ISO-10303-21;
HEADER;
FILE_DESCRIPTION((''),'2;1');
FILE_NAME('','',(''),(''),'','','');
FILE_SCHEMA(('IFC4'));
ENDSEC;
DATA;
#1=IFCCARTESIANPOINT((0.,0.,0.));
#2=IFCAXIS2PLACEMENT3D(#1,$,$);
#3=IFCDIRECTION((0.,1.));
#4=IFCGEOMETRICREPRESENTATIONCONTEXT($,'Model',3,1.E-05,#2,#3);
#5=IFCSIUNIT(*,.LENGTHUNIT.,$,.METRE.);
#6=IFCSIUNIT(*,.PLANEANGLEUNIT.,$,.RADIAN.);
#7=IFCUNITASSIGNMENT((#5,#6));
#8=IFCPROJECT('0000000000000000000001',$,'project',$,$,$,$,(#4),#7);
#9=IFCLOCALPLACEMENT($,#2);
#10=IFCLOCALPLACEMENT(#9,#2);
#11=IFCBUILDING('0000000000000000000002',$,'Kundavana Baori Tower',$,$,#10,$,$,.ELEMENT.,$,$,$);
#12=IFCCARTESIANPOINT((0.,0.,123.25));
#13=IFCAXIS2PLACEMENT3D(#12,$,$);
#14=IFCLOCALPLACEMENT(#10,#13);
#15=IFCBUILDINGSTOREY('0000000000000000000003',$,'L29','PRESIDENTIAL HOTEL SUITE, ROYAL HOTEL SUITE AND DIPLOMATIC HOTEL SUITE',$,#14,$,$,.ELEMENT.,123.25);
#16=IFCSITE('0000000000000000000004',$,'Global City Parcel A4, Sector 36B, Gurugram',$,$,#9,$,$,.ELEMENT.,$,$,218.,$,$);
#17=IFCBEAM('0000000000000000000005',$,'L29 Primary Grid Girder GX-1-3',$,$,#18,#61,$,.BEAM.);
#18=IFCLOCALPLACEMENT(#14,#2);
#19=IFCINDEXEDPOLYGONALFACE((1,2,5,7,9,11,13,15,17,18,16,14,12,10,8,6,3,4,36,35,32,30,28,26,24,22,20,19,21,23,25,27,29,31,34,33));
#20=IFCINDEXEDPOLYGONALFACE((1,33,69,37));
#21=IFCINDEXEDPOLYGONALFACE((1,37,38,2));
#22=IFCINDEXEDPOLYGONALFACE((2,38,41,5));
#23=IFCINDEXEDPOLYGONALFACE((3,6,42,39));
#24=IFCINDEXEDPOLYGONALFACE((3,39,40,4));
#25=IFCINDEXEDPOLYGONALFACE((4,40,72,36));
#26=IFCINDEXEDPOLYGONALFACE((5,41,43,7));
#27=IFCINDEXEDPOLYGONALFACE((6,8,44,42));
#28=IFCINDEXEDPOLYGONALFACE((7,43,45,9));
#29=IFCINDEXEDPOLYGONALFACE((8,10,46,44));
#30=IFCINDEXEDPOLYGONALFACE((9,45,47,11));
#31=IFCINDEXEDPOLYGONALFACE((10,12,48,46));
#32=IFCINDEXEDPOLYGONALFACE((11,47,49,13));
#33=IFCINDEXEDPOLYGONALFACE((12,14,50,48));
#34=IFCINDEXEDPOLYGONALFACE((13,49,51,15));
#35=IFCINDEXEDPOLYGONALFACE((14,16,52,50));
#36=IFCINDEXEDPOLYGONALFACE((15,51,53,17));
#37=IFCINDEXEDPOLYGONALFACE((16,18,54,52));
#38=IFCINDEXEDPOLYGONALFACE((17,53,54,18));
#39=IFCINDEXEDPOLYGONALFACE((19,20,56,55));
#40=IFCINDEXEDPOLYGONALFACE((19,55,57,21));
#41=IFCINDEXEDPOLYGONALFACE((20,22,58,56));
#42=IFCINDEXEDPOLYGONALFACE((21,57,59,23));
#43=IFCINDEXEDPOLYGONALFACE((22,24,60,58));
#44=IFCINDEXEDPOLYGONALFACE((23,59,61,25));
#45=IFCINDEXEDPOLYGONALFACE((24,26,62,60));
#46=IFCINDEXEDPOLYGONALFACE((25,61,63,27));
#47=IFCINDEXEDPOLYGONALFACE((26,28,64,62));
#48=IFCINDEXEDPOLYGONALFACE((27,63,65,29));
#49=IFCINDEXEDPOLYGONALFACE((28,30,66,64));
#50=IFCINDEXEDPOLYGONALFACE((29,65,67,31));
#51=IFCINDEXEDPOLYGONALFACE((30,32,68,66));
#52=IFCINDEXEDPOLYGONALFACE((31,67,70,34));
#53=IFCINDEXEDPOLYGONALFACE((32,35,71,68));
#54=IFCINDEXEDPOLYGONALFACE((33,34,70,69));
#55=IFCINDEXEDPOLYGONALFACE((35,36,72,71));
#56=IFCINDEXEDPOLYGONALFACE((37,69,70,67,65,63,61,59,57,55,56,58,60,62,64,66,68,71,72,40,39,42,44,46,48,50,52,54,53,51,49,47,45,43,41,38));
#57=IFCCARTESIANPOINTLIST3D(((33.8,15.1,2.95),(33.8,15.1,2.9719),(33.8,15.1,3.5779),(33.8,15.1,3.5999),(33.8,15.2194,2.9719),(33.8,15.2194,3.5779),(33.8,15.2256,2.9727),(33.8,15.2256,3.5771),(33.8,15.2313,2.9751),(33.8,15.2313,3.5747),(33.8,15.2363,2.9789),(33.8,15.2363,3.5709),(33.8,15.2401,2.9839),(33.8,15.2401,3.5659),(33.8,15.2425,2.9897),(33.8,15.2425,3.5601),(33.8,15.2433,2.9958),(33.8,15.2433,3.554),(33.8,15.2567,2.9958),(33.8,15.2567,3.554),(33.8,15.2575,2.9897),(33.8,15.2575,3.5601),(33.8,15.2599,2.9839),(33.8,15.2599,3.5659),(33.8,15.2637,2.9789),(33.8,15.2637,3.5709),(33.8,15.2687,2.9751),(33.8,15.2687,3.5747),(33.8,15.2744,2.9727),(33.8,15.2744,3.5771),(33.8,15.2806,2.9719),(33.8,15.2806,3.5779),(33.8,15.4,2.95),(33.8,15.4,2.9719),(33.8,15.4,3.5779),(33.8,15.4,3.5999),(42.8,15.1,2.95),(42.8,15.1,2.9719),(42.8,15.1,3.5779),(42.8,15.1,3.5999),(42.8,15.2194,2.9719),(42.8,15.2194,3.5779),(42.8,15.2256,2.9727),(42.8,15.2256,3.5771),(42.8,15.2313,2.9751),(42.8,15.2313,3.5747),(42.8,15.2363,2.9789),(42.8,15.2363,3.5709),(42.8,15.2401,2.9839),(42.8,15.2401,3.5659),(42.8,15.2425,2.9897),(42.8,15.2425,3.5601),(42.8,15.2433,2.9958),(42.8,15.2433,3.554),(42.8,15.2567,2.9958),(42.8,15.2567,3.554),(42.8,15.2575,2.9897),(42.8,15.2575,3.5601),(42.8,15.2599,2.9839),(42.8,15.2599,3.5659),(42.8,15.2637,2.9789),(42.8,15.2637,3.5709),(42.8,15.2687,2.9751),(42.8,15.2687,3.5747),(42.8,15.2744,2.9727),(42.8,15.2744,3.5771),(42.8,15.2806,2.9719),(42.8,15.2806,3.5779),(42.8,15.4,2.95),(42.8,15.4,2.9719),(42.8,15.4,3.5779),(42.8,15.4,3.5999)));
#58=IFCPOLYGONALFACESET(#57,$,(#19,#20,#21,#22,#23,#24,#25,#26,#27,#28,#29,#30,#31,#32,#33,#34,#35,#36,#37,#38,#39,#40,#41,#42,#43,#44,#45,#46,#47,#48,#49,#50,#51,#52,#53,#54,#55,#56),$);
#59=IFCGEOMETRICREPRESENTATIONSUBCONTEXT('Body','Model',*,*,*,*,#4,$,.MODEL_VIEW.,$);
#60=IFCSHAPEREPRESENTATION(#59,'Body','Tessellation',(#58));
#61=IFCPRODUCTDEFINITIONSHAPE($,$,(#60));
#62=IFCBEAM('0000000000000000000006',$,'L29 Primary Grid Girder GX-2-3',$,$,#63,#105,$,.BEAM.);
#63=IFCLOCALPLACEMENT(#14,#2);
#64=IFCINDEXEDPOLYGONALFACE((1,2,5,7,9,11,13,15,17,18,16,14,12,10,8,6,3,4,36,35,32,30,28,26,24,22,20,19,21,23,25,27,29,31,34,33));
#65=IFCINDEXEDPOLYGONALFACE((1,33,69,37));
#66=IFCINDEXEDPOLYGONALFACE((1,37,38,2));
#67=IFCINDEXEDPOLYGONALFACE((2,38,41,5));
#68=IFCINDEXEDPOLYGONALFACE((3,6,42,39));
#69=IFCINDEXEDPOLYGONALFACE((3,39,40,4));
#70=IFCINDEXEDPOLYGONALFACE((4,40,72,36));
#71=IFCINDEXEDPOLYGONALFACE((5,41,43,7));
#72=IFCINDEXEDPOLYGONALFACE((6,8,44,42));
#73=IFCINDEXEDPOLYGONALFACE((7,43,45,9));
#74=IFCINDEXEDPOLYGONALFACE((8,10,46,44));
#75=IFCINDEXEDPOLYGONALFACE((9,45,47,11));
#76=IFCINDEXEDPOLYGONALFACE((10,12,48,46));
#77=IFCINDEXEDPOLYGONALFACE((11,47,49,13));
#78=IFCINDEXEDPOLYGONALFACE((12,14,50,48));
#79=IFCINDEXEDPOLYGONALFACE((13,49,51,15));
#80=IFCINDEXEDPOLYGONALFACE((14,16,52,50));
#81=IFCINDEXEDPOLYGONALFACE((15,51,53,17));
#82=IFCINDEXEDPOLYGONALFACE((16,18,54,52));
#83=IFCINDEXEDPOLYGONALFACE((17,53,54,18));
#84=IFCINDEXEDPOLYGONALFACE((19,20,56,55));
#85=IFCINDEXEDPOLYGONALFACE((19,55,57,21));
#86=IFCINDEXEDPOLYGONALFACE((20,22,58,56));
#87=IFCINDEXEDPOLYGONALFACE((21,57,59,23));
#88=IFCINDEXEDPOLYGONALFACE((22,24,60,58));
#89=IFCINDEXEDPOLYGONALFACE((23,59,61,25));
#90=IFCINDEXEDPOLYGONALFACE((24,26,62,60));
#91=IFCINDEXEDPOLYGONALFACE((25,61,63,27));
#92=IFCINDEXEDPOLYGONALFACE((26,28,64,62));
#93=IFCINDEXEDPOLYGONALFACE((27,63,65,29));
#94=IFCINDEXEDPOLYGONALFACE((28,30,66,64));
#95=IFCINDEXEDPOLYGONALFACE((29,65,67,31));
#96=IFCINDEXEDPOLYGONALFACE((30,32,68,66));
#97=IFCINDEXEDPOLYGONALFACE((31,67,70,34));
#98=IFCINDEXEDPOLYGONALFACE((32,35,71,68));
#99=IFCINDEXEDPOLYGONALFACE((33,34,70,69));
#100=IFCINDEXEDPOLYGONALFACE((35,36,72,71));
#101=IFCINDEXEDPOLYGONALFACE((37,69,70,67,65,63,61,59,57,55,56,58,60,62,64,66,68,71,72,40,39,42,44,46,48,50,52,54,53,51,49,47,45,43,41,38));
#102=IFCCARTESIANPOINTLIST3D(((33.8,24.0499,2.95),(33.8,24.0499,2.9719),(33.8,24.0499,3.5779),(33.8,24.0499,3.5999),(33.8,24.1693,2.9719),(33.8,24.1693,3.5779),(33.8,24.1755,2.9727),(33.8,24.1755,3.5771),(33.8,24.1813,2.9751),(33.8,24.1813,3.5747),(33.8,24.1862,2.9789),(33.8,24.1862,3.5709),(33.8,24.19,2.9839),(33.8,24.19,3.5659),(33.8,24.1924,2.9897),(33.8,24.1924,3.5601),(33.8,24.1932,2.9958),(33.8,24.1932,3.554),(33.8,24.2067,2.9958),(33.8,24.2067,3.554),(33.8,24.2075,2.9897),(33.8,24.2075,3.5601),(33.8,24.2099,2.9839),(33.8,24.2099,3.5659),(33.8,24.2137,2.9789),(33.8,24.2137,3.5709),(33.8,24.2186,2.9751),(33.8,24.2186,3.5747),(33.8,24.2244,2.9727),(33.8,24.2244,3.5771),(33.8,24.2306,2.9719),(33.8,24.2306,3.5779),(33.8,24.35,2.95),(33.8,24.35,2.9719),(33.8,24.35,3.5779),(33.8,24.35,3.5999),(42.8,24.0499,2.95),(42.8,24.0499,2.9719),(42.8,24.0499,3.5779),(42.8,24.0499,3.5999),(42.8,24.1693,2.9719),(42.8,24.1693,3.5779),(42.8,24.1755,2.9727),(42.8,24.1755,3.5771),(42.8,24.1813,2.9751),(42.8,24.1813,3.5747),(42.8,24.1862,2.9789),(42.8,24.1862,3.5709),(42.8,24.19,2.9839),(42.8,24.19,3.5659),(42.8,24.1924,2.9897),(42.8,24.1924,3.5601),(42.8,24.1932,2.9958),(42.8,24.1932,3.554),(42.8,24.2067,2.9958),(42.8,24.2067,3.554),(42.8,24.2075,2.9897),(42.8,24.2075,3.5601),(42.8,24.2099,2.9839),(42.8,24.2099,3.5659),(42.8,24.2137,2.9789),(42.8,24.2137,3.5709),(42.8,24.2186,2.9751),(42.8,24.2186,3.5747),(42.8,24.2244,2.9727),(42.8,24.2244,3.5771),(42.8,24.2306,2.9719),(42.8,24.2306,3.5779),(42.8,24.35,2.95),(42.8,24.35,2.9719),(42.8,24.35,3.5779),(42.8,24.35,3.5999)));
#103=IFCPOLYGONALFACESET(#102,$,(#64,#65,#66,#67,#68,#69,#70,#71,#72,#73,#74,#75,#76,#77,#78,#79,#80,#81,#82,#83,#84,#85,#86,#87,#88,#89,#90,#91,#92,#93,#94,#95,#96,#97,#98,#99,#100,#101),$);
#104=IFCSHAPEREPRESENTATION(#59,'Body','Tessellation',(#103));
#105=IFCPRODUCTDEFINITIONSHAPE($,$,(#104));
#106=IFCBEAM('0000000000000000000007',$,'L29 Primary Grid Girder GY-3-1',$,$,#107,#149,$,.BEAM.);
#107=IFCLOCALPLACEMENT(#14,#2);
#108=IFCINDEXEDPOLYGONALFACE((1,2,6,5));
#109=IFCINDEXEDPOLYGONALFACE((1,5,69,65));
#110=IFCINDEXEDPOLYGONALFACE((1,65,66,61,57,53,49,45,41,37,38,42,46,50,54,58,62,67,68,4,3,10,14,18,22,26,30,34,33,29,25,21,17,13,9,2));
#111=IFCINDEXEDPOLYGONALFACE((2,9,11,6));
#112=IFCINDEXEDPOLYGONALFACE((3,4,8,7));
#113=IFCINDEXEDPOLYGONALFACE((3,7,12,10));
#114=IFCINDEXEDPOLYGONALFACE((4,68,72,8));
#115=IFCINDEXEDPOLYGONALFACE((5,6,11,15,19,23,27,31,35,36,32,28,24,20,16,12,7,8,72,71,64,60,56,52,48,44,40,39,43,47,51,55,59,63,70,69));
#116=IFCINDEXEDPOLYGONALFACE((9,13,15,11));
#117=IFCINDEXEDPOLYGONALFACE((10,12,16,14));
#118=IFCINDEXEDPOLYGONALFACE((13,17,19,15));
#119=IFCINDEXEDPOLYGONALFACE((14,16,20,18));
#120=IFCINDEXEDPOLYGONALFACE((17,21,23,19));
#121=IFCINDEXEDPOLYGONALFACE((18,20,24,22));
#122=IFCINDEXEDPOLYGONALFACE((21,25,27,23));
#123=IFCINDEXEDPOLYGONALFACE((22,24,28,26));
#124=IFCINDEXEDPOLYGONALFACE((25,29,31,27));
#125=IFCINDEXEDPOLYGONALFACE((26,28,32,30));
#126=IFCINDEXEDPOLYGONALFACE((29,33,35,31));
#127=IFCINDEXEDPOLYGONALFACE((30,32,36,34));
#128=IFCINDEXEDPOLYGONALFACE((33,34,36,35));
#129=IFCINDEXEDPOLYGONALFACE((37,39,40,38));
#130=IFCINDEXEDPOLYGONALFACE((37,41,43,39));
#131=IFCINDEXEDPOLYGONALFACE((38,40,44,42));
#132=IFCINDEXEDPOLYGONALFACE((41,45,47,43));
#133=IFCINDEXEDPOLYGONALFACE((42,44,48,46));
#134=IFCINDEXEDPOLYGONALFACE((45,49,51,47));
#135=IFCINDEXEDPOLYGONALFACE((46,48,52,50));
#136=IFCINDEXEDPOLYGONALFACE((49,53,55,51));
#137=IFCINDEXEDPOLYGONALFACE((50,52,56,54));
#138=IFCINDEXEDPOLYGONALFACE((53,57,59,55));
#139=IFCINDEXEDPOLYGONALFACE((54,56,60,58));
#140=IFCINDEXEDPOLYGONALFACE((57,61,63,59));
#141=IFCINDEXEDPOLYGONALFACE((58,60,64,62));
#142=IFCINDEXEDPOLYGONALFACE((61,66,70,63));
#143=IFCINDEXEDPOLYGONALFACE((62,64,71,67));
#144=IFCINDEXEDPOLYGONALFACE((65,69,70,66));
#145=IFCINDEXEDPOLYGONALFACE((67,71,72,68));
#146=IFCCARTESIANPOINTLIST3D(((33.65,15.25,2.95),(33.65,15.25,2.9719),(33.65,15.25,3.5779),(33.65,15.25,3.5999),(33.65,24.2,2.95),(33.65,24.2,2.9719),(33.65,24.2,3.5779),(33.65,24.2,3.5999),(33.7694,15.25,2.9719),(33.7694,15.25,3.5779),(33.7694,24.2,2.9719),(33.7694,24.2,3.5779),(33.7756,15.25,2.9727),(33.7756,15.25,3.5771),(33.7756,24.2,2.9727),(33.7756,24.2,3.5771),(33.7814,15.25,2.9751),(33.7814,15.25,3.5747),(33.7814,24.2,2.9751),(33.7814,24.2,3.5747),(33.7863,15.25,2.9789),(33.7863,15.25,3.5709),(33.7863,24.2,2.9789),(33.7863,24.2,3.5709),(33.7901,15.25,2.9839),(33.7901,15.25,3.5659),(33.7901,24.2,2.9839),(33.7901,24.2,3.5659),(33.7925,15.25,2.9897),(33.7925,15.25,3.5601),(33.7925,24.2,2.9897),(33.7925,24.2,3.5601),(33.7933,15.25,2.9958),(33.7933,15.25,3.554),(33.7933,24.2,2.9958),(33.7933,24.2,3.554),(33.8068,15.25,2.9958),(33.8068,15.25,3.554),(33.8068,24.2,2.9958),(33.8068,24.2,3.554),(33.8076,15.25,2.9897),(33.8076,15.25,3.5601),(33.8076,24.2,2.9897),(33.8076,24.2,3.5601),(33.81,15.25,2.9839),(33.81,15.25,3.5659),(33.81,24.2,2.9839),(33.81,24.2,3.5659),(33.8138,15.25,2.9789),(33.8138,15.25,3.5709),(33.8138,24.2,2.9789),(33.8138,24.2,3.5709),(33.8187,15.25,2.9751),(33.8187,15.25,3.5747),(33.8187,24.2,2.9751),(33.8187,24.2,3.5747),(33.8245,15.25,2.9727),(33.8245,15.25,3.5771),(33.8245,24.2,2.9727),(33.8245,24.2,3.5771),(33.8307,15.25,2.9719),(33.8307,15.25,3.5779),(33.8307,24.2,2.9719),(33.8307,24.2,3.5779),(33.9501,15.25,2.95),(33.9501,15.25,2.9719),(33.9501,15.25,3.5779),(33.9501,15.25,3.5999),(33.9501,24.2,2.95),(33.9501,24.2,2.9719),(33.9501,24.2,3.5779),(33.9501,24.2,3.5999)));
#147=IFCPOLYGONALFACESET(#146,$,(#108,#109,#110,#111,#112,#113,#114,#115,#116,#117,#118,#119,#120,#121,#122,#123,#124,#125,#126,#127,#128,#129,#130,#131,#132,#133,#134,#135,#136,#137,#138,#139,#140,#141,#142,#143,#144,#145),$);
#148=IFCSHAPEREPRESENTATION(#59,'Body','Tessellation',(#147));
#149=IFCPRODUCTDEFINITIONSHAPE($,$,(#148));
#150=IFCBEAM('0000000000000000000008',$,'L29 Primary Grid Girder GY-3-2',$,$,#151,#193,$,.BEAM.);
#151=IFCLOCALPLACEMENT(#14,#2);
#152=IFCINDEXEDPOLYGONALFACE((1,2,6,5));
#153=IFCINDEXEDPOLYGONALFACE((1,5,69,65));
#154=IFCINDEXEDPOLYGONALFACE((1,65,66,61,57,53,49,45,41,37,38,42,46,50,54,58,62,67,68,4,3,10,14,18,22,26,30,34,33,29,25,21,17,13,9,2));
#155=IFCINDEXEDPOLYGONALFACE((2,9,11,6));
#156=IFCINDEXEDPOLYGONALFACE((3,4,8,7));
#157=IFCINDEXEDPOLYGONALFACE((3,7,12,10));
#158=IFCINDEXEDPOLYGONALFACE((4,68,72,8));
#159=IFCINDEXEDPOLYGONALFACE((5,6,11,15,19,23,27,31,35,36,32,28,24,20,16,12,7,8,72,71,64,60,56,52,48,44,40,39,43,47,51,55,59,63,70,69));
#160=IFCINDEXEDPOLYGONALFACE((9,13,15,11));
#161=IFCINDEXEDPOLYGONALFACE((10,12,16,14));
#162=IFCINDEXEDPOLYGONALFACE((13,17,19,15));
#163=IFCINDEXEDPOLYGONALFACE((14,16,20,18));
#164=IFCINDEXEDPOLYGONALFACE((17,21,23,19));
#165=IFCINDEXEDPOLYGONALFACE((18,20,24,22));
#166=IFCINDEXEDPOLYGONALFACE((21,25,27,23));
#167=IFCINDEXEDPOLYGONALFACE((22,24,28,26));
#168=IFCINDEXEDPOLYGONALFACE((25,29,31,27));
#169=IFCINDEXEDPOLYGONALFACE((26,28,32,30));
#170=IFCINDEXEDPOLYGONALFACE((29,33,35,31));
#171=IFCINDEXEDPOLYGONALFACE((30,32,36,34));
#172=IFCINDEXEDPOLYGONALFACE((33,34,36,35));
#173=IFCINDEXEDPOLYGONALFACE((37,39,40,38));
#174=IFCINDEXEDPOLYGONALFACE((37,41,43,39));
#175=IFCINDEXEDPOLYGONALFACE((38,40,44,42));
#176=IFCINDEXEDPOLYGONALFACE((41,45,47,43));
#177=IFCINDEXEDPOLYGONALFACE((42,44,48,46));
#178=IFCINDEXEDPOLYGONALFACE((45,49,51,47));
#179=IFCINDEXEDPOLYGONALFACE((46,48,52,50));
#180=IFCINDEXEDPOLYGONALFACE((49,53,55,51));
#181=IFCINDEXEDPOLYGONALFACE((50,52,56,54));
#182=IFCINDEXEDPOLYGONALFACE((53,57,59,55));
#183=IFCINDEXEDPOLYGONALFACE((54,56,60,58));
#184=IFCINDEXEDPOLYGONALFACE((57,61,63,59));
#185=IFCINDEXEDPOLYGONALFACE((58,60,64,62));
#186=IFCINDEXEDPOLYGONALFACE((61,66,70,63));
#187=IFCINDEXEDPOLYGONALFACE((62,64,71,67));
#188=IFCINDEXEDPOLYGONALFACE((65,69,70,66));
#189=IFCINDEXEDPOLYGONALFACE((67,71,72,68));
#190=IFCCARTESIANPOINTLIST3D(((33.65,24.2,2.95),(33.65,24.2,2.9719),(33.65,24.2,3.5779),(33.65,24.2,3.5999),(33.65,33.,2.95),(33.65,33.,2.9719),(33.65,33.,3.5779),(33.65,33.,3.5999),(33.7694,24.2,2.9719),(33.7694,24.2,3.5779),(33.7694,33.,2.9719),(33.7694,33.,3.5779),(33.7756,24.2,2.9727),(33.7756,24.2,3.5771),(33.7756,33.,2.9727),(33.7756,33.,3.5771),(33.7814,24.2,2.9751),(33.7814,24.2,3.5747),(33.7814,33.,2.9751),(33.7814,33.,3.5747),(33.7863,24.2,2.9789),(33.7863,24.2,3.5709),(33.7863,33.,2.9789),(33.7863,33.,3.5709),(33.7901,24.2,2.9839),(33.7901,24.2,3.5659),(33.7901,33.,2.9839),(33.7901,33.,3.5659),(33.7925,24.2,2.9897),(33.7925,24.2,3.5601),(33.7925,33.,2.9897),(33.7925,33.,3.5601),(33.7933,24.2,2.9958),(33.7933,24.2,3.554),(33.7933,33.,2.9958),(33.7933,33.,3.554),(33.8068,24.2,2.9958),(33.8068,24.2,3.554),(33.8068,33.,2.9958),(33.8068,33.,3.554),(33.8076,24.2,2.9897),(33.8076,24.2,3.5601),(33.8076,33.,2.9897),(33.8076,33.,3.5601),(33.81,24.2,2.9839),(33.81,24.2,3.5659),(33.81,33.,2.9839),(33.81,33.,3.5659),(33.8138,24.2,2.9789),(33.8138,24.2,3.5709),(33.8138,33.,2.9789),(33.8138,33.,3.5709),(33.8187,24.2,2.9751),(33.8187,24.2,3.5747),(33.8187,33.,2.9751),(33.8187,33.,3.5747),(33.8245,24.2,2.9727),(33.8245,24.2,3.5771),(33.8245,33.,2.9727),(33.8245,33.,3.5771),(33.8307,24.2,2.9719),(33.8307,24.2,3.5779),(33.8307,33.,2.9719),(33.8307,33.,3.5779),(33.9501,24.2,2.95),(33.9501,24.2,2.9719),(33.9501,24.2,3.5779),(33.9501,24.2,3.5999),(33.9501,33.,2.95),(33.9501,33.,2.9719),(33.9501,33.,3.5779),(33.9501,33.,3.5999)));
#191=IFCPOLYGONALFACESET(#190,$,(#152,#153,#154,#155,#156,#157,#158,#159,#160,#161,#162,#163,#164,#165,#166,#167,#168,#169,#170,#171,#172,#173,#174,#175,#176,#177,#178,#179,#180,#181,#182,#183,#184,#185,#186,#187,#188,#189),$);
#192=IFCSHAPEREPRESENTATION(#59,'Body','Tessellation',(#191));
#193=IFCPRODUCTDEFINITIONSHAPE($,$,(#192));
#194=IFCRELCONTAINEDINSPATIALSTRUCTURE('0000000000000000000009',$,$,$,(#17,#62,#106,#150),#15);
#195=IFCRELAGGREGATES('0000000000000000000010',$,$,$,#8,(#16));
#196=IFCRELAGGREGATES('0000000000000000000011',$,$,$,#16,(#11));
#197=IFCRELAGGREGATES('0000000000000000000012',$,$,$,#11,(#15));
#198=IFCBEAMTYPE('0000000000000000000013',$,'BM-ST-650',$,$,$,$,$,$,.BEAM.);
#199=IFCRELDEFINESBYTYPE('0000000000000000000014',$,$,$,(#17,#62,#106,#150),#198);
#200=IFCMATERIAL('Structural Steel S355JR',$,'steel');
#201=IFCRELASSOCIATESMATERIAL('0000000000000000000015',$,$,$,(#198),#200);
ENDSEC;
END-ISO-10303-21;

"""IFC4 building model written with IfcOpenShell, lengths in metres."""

from ifc_helpers import new_model, si_unit, direction, frame, origin, origin_2d, place, context, subcontext, project, spatial, i_section, extrude, material, material_profile, profile_set, type_object, element, save


model = new_model("IFC4")

# Units and contexts
model_context = context("Model", 3, precision=1e-05, world=origin(), true_north=direction((0.0, 1.0)))
body_context = subcontext(model_context, "Body", "Model", "MODEL_VIEW")
ifc_project = project(units=[si_unit("LENGTHUNIT", "METRE"), si_unit("PLANEANGLEUNIT", "RADIAN")], contexts=[model_context])

# Site, building, storey
site_placement = place(None, origin())
site = spatial("IfcSite", under=ifc_project, at=site_placement, Name="Global City Parcel A4, Sector 36B, Gurugram", CompositionType="ELEMENT", RefElevation=218.0)
building_placement = place(site_placement, origin())
building = spatial("IfcBuilding", under=site, at=building_placement, Name="Kundavana Baori Tower", CompositionType="ELEMENT")
storey_placement = place(building_placement, frame((0.0, 0.0, 123.25)))
storey = spatial("IfcBuildingStorey", under=building, at=storey_placement, Name="L29", Description="PRESIDENTIAL HOTEL SUITE, ROYAL HOTEL SUITE AND DIPLOMATIC HOTEL SUITE", CompositionType="ELEMENT", Elevation=123.25)

# Beams
ifc_material_1 = material(Name="Structural Steel S355JR", Category="steel")
ifc_material_profile_1 = material_profile(ifc_material_1, i_section(OverallWidth=0.3, OverallDepth=0.6499, WebThickness=0.0134, FlangeThickness=0.022, FilletRadius=0.0239, at=origin_2d()), Name="NPB 650x300x155")
ifc_profile_set_1 = profile_set([ifc_material_profile_1], Name="Structural Steel S355JR")
beam_type_1 = type_object("IfcBeamType", Name="BM-ST-650", PredefinedType="BEAM", material=ifc_profile_set_1)
for number, where, z_axis, x_axis, name in (
    (1, (33.8, 15.25, 3.2749), (1.0, 0.0, 0.0), (0.0, 1.0, 0.0), "L29 Primary Grid Girder GX-1-3"),
    (2, (33.8, 24.2, 3.2749), (1.0, 0.0, 0.0), (0.0, 1.0, 0.0), "L29 Primary Grid Girder GX-2-3"),
):
    element("IfcBeam", number, at=place(storey_placement, frame(where, z_axis=z_axis, x_axis=x_axis)), inside=storey, type_object=beam_type_1, Name=name, PredefinedType="BEAM", context=body_context, shape_type="SweptSolid", body=[
        extrude(i_section(OverallWidth=0.3, OverallDepth=0.6499, WebThickness=0.0134, FlangeThickness=0.022, FilletRadius=0.0239, at=origin_2d()), origin(), (0.0, 0.0, 1.0), 9.0),
    ])
beam_1_placement = place(storey_placement, frame((33.8, 15.25, 3.2749), z_axis=(0.0, 1.0, 0.0), x_axis=(-1.0, 0.0, 0.0)))
element("IfcBeam", 3, at=beam_1_placement, inside=storey, type_object=beam_type_1, Name="L29 Primary Grid Girder GY-3-1", PredefinedType="BEAM", context=body_context, shape_type="SweptSolid", body=[
    extrude(i_section(OverallWidth=0.3, OverallDepth=0.6499, WebThickness=0.0134, FlangeThickness=0.022, FilletRadius=0.0239, at=origin_2d()), origin(), (0.0, 0.0, 1.0), 8.95),
])
beam_2_placement = place(storey_placement, frame((33.8, 24.2, 3.2749), z_axis=(0.0, 1.0, 0.0), x_axis=(-1.0, 0.0, 0.0)))
element("IfcBeam", 4, at=beam_2_placement, inside=storey, type_object=beam_type_1, Name="L29 Primary Grid Girder GY-3-2", PredefinedType="BEAM", context=body_context, shape_type="SweptSolid", body=[
    extrude(i_section(OverallWidth=0.3, OverallDepth=0.6499, WebThickness=0.0134, FlangeThickness=0.022, FilletRadius=0.0239, at=origin_2d()), origin(), (0.0, 0.0, 1.0), 8.8),
])

save(model, "model.ifc")
